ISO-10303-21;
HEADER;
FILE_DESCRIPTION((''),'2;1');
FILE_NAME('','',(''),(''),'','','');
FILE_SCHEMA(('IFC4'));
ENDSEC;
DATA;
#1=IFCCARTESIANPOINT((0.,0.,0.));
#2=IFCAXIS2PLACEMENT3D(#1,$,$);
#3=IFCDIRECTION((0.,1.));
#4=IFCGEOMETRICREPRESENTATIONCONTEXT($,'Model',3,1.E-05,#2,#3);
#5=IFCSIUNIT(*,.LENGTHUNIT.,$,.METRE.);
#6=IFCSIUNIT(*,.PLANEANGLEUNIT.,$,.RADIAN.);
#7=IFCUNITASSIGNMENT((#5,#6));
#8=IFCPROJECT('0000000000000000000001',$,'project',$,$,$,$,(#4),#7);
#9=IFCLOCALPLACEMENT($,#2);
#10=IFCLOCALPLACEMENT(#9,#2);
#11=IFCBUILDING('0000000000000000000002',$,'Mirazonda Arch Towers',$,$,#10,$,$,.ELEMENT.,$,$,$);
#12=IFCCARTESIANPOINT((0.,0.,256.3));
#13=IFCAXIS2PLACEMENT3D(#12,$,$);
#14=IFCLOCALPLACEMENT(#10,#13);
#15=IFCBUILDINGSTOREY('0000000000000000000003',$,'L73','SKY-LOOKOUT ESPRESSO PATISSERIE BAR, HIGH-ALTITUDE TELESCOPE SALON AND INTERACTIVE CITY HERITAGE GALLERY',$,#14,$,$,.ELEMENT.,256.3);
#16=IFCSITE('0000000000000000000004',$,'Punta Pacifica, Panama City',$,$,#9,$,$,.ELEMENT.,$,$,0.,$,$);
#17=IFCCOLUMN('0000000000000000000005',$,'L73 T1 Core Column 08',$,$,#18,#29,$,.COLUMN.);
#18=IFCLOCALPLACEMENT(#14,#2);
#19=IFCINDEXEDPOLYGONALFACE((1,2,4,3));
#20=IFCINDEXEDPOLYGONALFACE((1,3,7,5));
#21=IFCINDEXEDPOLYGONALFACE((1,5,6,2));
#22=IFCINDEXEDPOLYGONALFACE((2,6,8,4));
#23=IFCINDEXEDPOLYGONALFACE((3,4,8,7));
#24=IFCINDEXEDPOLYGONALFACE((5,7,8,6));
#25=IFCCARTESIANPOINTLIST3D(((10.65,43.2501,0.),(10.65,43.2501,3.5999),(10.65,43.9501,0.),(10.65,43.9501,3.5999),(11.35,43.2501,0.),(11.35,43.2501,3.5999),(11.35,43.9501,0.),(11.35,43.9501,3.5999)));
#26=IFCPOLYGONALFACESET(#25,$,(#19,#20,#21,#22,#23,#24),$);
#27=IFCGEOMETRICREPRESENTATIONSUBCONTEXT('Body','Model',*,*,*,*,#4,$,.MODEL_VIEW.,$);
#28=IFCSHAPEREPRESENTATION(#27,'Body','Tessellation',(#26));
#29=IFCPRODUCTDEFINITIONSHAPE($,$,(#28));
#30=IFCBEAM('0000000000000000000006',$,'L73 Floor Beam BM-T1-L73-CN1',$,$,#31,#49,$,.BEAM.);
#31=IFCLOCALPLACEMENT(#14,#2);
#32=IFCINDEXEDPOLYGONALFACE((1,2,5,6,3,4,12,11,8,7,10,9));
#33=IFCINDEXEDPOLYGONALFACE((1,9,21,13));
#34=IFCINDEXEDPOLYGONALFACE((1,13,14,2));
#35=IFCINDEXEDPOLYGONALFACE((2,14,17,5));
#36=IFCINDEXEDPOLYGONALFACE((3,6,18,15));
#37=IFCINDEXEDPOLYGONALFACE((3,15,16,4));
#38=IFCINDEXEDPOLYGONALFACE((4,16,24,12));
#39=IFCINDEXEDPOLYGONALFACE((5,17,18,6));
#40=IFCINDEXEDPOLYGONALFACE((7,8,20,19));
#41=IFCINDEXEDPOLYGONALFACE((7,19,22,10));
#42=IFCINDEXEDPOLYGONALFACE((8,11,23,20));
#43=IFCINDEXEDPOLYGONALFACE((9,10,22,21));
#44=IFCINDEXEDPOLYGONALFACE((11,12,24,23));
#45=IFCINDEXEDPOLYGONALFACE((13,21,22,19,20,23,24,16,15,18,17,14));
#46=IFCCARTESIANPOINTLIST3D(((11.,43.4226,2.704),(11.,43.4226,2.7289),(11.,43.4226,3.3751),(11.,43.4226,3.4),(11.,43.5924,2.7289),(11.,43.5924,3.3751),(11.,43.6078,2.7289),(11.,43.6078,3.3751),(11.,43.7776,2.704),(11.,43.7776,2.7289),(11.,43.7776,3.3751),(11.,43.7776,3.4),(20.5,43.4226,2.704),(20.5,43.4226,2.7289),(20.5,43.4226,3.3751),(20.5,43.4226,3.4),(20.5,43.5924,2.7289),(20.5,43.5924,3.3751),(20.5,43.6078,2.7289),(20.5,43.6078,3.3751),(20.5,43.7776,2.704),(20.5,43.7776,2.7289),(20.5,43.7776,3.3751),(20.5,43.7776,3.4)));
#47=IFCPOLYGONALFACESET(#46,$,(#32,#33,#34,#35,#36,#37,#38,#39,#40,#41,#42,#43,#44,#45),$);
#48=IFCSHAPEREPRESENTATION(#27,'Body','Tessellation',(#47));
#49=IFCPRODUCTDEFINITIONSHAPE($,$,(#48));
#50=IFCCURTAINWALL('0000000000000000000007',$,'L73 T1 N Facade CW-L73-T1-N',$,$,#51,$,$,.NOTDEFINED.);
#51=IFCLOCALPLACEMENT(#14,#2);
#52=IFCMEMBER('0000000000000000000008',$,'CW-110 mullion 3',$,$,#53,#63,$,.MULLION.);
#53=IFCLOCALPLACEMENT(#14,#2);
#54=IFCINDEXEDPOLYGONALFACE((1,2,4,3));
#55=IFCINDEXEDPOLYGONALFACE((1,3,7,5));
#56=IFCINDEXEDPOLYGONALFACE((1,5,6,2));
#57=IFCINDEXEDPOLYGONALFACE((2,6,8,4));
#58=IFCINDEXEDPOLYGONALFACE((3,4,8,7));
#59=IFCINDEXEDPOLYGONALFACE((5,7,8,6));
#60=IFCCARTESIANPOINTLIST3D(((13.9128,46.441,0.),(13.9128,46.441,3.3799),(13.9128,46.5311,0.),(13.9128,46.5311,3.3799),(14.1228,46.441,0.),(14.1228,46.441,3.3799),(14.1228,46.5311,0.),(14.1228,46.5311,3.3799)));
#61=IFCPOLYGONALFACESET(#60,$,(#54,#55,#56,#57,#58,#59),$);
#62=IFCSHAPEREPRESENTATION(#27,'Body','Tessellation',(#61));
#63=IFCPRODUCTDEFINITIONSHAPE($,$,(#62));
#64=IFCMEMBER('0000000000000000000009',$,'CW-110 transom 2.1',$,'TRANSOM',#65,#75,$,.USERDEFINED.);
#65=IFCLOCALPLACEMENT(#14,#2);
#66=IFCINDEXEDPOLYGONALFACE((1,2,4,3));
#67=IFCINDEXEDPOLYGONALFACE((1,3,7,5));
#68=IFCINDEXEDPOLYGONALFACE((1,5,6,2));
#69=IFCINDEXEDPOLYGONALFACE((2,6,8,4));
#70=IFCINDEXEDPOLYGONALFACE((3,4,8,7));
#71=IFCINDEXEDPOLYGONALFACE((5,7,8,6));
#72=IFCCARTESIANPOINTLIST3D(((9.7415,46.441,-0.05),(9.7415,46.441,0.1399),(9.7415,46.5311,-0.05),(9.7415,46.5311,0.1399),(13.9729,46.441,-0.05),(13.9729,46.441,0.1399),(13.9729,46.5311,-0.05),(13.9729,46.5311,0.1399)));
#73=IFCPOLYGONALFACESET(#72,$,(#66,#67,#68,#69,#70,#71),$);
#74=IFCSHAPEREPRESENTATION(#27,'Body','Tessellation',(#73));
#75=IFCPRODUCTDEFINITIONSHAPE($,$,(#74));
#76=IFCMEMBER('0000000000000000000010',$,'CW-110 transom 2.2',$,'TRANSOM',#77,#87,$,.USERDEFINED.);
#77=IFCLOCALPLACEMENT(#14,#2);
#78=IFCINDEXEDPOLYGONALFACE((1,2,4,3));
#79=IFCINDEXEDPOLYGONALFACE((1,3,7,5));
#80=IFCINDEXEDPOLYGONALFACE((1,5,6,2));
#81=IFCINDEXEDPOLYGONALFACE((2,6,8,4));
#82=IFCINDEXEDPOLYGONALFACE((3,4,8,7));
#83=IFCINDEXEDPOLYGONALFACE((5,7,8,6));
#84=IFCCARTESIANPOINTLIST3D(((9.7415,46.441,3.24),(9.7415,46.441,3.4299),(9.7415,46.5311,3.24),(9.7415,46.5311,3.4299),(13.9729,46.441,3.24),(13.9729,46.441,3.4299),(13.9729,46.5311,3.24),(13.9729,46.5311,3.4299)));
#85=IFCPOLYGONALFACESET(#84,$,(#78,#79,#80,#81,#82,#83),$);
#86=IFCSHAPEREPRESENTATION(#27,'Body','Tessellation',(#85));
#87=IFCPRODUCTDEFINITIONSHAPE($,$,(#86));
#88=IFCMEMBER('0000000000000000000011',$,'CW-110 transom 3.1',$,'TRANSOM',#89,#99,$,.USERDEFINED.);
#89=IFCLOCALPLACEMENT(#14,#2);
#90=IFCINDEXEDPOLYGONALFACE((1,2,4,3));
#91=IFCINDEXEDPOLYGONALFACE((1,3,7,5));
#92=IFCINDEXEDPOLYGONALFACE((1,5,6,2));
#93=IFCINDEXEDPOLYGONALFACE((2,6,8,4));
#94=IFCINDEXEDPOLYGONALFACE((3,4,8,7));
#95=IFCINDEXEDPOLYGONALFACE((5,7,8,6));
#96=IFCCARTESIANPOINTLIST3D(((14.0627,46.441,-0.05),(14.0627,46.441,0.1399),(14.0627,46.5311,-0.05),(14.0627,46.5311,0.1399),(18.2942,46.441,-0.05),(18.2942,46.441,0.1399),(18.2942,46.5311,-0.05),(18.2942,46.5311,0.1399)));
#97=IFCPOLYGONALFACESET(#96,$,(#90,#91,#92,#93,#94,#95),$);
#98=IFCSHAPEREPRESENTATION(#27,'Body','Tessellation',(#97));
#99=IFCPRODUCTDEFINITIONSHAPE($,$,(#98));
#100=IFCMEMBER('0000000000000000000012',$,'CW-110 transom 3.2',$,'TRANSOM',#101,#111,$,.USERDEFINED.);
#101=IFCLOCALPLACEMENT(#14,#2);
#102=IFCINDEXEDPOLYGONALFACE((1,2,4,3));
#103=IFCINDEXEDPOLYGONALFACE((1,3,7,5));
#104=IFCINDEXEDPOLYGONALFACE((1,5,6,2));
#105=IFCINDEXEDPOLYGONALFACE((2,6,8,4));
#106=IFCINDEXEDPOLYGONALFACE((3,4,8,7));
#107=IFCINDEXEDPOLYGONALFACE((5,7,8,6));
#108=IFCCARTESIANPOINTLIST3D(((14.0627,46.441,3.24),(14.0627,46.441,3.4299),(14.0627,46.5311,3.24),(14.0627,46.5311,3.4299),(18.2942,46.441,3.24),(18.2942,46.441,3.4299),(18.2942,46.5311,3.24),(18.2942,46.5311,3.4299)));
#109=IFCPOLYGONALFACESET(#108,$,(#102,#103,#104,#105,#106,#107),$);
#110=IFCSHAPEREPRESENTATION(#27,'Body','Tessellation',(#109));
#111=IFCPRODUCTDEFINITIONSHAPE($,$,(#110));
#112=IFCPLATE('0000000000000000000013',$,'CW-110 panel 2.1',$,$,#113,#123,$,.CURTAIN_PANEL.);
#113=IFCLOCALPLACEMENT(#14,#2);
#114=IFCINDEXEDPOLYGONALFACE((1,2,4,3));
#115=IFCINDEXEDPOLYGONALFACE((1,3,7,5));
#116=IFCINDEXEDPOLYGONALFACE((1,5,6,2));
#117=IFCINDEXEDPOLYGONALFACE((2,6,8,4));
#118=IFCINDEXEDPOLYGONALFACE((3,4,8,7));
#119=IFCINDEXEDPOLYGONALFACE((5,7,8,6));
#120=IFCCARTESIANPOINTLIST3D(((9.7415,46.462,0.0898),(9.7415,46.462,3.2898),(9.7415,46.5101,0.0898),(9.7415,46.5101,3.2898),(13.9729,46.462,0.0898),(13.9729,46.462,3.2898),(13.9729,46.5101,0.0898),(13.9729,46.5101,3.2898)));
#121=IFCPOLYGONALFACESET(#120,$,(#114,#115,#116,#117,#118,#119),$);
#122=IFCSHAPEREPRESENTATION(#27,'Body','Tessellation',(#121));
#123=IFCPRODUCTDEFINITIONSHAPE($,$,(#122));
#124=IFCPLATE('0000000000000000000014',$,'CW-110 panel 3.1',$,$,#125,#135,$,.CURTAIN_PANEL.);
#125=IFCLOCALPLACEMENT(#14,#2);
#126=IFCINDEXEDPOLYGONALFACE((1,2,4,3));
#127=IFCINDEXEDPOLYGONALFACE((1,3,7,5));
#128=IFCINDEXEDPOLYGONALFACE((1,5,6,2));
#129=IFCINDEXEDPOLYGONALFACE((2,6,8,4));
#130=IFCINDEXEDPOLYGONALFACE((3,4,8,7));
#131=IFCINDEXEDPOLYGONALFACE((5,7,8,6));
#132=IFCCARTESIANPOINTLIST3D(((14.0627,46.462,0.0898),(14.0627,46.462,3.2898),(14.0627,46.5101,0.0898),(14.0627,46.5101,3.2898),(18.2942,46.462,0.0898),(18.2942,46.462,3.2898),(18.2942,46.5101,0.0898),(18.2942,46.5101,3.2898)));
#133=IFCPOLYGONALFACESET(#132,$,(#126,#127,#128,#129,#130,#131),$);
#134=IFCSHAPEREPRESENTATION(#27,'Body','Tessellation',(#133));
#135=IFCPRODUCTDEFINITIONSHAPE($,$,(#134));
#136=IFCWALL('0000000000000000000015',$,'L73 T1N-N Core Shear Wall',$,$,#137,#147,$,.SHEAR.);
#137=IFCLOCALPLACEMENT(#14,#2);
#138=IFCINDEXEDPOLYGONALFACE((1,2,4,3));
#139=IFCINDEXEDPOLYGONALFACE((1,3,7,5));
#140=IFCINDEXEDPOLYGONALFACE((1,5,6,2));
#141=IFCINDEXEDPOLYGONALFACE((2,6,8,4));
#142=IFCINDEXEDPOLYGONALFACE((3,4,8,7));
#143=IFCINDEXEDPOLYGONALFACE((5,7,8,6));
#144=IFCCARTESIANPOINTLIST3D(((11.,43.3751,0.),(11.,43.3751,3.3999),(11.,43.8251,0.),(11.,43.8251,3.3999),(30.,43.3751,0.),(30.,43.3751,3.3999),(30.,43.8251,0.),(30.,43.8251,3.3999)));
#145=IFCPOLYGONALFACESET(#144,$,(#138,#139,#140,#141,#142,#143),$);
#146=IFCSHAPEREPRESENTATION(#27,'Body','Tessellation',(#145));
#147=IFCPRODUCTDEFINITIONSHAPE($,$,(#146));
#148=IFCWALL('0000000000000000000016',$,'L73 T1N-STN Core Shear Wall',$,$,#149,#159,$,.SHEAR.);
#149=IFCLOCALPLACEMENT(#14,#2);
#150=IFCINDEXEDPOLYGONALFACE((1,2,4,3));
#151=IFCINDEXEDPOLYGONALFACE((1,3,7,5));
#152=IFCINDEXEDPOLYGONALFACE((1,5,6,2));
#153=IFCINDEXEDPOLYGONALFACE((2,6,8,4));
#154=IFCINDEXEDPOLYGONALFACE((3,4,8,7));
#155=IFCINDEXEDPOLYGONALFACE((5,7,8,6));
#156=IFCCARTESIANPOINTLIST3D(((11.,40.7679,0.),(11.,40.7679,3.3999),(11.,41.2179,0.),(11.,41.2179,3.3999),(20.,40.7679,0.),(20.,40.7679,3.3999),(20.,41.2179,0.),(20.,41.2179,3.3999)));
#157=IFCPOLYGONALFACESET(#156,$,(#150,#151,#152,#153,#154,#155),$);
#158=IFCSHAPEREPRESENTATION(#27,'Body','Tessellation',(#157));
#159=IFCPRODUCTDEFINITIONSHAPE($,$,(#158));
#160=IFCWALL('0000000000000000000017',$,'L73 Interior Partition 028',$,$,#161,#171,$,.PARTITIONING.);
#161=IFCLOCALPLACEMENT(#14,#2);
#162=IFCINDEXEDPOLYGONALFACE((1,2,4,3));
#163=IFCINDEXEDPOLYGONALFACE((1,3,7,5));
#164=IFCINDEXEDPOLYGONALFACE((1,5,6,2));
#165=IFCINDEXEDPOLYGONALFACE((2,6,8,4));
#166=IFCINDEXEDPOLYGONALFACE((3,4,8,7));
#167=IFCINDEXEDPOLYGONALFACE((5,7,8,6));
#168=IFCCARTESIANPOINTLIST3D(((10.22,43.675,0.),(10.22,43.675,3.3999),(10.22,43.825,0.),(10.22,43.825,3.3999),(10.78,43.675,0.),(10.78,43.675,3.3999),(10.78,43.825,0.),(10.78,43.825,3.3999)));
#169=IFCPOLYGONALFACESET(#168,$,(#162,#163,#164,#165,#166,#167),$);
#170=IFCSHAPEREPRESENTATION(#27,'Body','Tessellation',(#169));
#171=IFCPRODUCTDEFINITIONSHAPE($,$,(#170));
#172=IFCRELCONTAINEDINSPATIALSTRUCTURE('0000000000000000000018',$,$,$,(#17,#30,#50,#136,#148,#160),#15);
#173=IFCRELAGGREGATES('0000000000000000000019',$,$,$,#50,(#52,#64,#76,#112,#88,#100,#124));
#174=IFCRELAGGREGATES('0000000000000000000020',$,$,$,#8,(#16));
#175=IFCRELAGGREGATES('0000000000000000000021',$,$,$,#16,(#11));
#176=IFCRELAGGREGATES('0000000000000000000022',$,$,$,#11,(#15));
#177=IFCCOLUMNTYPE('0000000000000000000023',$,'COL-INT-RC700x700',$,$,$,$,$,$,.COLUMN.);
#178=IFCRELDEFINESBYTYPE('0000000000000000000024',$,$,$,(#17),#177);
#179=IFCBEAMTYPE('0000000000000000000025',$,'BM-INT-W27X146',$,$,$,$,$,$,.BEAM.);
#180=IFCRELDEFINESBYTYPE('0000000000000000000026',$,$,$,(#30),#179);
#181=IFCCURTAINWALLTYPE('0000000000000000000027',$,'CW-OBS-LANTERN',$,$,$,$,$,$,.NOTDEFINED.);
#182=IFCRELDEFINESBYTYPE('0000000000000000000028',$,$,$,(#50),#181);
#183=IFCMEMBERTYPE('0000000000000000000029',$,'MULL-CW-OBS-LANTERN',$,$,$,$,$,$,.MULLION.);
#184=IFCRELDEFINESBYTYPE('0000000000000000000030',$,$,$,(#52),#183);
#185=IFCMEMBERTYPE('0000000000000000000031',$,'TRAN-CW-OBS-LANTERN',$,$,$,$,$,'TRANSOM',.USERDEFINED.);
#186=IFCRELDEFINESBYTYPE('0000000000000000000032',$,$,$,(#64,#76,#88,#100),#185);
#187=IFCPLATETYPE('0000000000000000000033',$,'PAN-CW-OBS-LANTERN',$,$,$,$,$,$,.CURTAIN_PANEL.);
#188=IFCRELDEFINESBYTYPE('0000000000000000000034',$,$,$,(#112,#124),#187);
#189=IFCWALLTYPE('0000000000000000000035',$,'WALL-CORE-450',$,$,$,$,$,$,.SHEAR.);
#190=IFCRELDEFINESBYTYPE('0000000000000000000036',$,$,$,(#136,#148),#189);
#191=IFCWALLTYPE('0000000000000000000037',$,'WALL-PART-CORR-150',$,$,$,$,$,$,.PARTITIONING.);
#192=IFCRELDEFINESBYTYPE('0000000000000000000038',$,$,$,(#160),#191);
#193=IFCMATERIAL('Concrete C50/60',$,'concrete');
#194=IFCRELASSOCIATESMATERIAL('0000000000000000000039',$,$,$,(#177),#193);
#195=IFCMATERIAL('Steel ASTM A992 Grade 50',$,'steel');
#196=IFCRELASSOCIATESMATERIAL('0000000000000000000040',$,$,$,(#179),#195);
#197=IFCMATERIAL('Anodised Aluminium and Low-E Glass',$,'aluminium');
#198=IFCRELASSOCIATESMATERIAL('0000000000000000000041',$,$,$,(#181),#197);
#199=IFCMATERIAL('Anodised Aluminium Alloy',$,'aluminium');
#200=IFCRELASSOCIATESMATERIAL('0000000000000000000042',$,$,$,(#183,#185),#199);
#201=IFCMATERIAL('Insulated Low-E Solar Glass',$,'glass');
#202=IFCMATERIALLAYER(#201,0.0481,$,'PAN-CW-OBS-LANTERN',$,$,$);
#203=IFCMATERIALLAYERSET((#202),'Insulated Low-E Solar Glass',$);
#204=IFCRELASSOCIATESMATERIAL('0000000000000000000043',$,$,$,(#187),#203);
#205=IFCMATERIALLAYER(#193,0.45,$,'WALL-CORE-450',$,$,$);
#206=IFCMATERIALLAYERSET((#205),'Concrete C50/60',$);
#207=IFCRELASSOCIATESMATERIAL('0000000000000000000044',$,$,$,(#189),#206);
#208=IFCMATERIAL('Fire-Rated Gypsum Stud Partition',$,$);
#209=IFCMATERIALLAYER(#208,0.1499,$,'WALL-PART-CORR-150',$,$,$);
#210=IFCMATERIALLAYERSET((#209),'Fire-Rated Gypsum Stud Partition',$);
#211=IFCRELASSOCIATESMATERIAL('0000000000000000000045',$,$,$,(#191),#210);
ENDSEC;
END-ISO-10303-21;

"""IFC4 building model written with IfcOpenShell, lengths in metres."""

from ifc_helpers import new_model, si_unit, direction, frame, frame_2d, origin, origin_2d, place, context, subcontext, project, spatial, rectangle, i_section, extrude, material, layer, layer_set, material_profile, profile_set, type_object, element, aggregate, save


model = new_model("IFC4")

# Units and contexts
model_context = context("Model", 3, precision=1e-05, world=origin(), true_north=direction((0.0, 1.0)))
body_context = subcontext(model_context, "Body", "Model", "MODEL_VIEW")
ifc_project = project(units=[si_unit("LENGTHUNIT", "METRE"), si_unit("PLANEANGLEUNIT", "RADIAN")], contexts=[model_context])

# Site, building, storey
site_placement = place(None, origin())
site = spatial("IfcSite", under=ifc_project, at=site_placement, Name="Punta Pacifica, Panama City", CompositionType="ELEMENT", RefElevation=0.0)
building_placement = place(site_placement, origin())
building = spatial("IfcBuilding", under=site, at=building_placement, Name="Mirazonda Arch Towers", CompositionType="ELEMENT")
storey_placement = place(building_placement, frame((0.0, 0.0, 256.3)))
storey = spatial("IfcBuildingStorey", under=building, at=storey_placement, Name="L73", Description="SKY-LOOKOUT ESPRESSO PATISSERIE BAR, HIGH-ALTITUDE TELESCOPE SALON AND INTERACTIVE CITY HERITAGE GALLERY", CompositionType="ELEMENT", Elevation=256.3)

# Column
ifc_material_1 = material(Name="Concrete C50/60", Category="concrete")
ifc_material_profile_1 = material_profile(ifc_material_1, rectangle(XDim=0.7, YDim=0.7, at=origin_2d()), Name="RC700x700")
ifc_profile_set_1 = profile_set([ifc_material_profile_1], Name="Concrete C50/60")
column_type = type_object("IfcColumnType", Name="COL-INT-RC700x700", PredefinedType="COLUMN", material=ifc_profile_set_1)
column_placement = place(storey_placement, frame((11.0, 43.6001, 0.0), z_axis=(0.0, 0.0, 1.0), x_axis=(1.0, 0.0, 0.0)))
element("IfcColumn", 1, at=column_placement, inside=storey, type_object=column_type, Name="L73 T1 Core Column 08", PredefinedType="COLUMN", context=body_context, shape_type="SweptSolid", body=[
    extrude(rectangle(XDim=0.7, YDim=0.7, at=origin_2d()), origin(), (0.0, 0.0, 1.0), 3.5999),
])

# Beam
ifc_material_2 = material(Name="Steel ASTM A992 Grade 50", Category="steel")
ifc_material_profile_2 = material_profile(ifc_material_2, i_section(OverallWidth=0.355, OverallDepth=0.696, WebThickness=0.0154, FlangeThickness=0.0249, at=origin_2d()), Name="W27X146")
ifc_profile_set_2 = profile_set([ifc_material_profile_2], Name="Steel ASTM A992 Grade 50")
beam_type = type_object("IfcBeamType", Name="BM-INT-W27X146", PredefinedType="BEAM", material=ifc_profile_set_2)
beam_placement = place(storey_placement, frame((11.0, 43.6001, 3.052), z_axis=(1.0, 0.0, 0.0), x_axis=(0.0, 1.0, 0.0)))
element("IfcBeam", 2, at=beam_placement, inside=storey, type_object=beam_type, Name="L73 Floor Beam BM-T1-L73-CN1", PredefinedType="BEAM", context=body_context, shape_type="SweptSolid", body=[
    extrude(i_section(OverallWidth=0.355, OverallDepth=0.696, WebThickness=0.0154, FlangeThickness=0.0249, at=origin_2d()), origin(), (0.0, 0.0, 1.0), 9.5),
])

# Curtain wall, members, plates
ifc_material_3 = material(Name="Anodised Aluminium and Low-E Glass", Category="aluminium")
curtain_wall_type = type_object("IfcCurtainWallType", Name="CW-OBS-LANTERN", PredefinedType="NOTDEFINED", material=ifc_material_3)
curtain_wall_placement = place(storey_placement, origin())
curtain_wall = element("IfcCurtainWall", 3, at=curtain_wall_placement, inside=storey, type_object=curtain_wall_type, Name="L73 T1 N Facade CW-L73-T1-N", PredefinedType="NOTDEFINED")
ifc_material_4 = material(Name="Anodised Aluminium Alloy", Category="aluminium")
ifc_material_profile_3 = material_profile(ifc_material_4, rectangle(XDim=0.0901, YDim=0.21, at=origin_2d()), Name="ALU-MULL-90x210")
ifc_profile_set_3 = profile_set([ifc_material_profile_3], Name="Anodised Aluminium Alloy")
member_type_1 = type_object("IfcMemberType", Name="MULL-CW-OBS-LANTERN", PredefinedType="MULLION", material=ifc_profile_set_3)
member_1_placement = place(storey_placement, frame((14.0178, 46.4861, 0.0), z_axis=(0.0, 0.0, 1.0), x_axis=(0.0, 1.0, 0.0)))
member_1 = element("IfcMember", 4, at=member_1_placement, type_object=member_type_1, Name="CW-110 mullion 3", PredefinedType="MULLION", context=body_context, shape_type="SweptSolid", body=[
    extrude(rectangle(XDim=0.0901, YDim=0.21, at=origin_2d()), origin(), (0.0, 0.0, 1.0), 3.3799),
])
ifc_material_profile_4 = material_profile(ifc_material_4, rectangle(XDim=0.0901, YDim=0.1899, at=origin_2d()), Name="ALU-TRAN-90x190")
ifc_profile_set_4 = profile_set([ifc_material_profile_4], Name="Anodised Aluminium Alloy")
member_type_2 = type_object("IfcMemberType", Name="TRAN-CW-OBS-LANTERN", ElementType="TRANSOM", PredefinedType="USERDEFINED", material=ifc_profile_set_4)
member_2_placement = place(storey_placement, frame((9.7415, 46.4861, 0.0449), z_axis=(1.0, 0.0, 0.0), x_axis=(0.0, 1.0, 0.0)))
member_2 = element("IfcMember", 5, at=member_2_placement, type_object=member_type_2, Name="CW-110 transom 2.1", ObjectType="TRANSOM", PredefinedType="USERDEFINED", context=body_context, shape_type="SweptSolid", body=[
    extrude(rectangle(XDim=0.0901, YDim=0.1899, at=origin_2d()), origin(), (0.0, 0.0, 1.0), 4.2314),
])
member_3_placement = place(storey_placement, frame((9.7415, 46.4861, 3.335), z_axis=(1.0, 0.0, 0.0), x_axis=(0.0, 1.0, 0.0)))
member_3 = element("IfcMember", 6, at=member_3_placement, type_object=member_type_2, Name="CW-110 transom 2.2", ObjectType="TRANSOM", PredefinedType="USERDEFINED", context=body_context, shape_type="SweptSolid", body=[
    extrude(rectangle(XDim=0.0901, YDim=0.1899, at=origin_2d()), origin(), (0.0, 0.0, 1.0), 4.2314),
])
member_4_placement = place(storey_placement, frame((14.0627, 46.4861, 0.0449), z_axis=(1.0, 0.0, 0.0), x_axis=(0.0, 1.0, 0.0)))
member_4 = element("IfcMember", 7, at=member_4_placement, type_object=member_type_2, Name="CW-110 transom 3.1", ObjectType="TRANSOM", PredefinedType="USERDEFINED", context=body_context, shape_type="SweptSolid", body=[
    extrude(rectangle(XDim=0.0901, YDim=0.1899, at=origin_2d()), origin(), (0.0, 0.0, 1.0), 4.2314),
])
member_5_placement = place(storey_placement, frame((14.0627, 46.4861, 3.335), z_axis=(1.0, 0.0, 0.0), x_axis=(0.0, 1.0, 0.0)))
member_5 = element("IfcMember", 8, at=member_5_placement, type_object=member_type_2, Name="CW-110 transom 3.2", ObjectType="TRANSOM", PredefinedType="USERDEFINED", context=body_context, shape_type="SweptSolid", body=[
    extrude(rectangle(XDim=0.0901, YDim=0.1899, at=origin_2d()), origin(), (0.0, 0.0, 1.0), 4.2314),
])
ifc_material_5 = material(Name="Insulated Low-E Solar Glass", Category="glass")
ifc_layer_1 = layer(ifc_material_5, 0.0481, Name="PAN-CW-OBS-LANTERN")
ifc_layer_set_1 = layer_set([ifc_layer_1], Name="Insulated Low-E Solar Glass")
plate_type = type_object("IfcPlateType", Name="PAN-CW-OBS-LANTERN", PredefinedType="CURTAIN_PANEL", material=ifc_layer_set_1)
plate_1_placement = place(storey_placement, frame((11.8572, 46.4861, 0.0898), z_axis=(0.0, 0.0, 1.0), x_axis=(1.0, 0.0, 0.0)))
plate_1 = element("IfcPlate", 9, at=plate_1_placement, type_object=plate_type, Name="CW-110 panel 2.1", PredefinedType="CURTAIN_PANEL", context=body_context, shape_type="SweptSolid", body=[
    extrude(rectangle(XDim=4.2314, YDim=0.0481, at=origin_2d()), origin(), (0.0, 0.0, 1.0), 3.2),
])
plate_2_placement = place(storey_placement, frame((16.1785, 46.4861, 0.0898), z_axis=(0.0, 0.0, 1.0), x_axis=(1.0, 0.0, 0.0)))
plate_2 = element("IfcPlate", 10, at=plate_2_placement, type_object=plate_type, Name="CW-110 panel 3.1", PredefinedType="CURTAIN_PANEL", context=body_context, shape_type="SweptSolid", body=[
    extrude(rectangle(XDim=4.2314, YDim=0.0481, at=origin_2d()), origin(), (0.0, 0.0, 1.0), 3.2),
])
aggregate(curtain_wall, [member_1, member_2, member_3, plate_1, member_4, member_5, plate_2])

# Walls
ifc_layer_2 = layer(ifc_material_1, 0.45, Name="WALL-CORE-450")
ifc_layer_set_2 = layer_set([ifc_layer_2], Name="Concrete C50/60")
wall_type_1 = type_object("IfcWallType", Name="WALL-CORE-450", PredefinedType="SHEAR", material=ifc_layer_set_2)
wall_1_placement = place(storey_placement, frame((11.0, 43.6001, 0.0), z_axis=(0.0, 0.0, 1.0), x_axis=(1.0, 0.0, 0.0)))
element("IfcWall", 11, at=wall_1_placement, inside=storey, type_object=wall_type_1, Name="L73 T1N-N Core Shear Wall", PredefinedType="SHEAR", context=body_context, shape_type="SweptSolid", body=[
    extrude(rectangle(XDim=19.0, YDim=0.45, at=frame_2d((9.5, 0.0))), origin(), (0.0, 0.0, 1.0), 3.3999),
])
wall_2_placement = place(storey_placement, frame((11.0, 40.9929, 0.0), z_axis=(0.0, 0.0, 1.0), x_axis=(1.0, 0.0, 0.0)))
element("IfcWall", 12, at=wall_2_placement, inside=storey, type_object=wall_type_1, Name="L73 T1N-STN Core Shear Wall", PredefinedType="SHEAR", context=body_context, shape_type="SweptSolid", body=[
    extrude(rectangle(XDim=9.0, YDim=0.45, at=frame_2d((4.5, 0.0))), origin(), (0.0, 0.0, 1.0), 3.3999),
])
ifc_material_6 = material(Name="Fire-Rated Gypsum Stud Partition")
ifc_layer_3 = layer(ifc_material_6, 0.1499, Name="WALL-PART-CORR-150")
ifc_layer_set_3 = layer_set([ifc_layer_3], Name="Fire-Rated Gypsum Stud Partition")
wall_type_2 = type_object("IfcWallType", Name="WALL-PART-CORR-150", PredefinedType="PARTITIONING", material=ifc_layer_set_3)
wall_3_placement = place(storey_placement, frame((10.22, 43.75, 0.0), z_axis=(0.0, 0.0, 1.0), x_axis=(1.0, 0.0, 0.0)))
element("IfcWall", 13, at=wall_3_placement, inside=storey, type_object=wall_type_2, Name="L73 Interior Partition 028", PredefinedType="PARTITIONING", context=body_context, shape_type="SweptSolid", body=[
    extrude(rectangle(XDim=0.5601, YDim=0.1499, at=frame_2d((0.28, 0.0))), origin(), (0.0, 0.0, 1.0), 3.3999),
])

save(model, "model.ifc")
